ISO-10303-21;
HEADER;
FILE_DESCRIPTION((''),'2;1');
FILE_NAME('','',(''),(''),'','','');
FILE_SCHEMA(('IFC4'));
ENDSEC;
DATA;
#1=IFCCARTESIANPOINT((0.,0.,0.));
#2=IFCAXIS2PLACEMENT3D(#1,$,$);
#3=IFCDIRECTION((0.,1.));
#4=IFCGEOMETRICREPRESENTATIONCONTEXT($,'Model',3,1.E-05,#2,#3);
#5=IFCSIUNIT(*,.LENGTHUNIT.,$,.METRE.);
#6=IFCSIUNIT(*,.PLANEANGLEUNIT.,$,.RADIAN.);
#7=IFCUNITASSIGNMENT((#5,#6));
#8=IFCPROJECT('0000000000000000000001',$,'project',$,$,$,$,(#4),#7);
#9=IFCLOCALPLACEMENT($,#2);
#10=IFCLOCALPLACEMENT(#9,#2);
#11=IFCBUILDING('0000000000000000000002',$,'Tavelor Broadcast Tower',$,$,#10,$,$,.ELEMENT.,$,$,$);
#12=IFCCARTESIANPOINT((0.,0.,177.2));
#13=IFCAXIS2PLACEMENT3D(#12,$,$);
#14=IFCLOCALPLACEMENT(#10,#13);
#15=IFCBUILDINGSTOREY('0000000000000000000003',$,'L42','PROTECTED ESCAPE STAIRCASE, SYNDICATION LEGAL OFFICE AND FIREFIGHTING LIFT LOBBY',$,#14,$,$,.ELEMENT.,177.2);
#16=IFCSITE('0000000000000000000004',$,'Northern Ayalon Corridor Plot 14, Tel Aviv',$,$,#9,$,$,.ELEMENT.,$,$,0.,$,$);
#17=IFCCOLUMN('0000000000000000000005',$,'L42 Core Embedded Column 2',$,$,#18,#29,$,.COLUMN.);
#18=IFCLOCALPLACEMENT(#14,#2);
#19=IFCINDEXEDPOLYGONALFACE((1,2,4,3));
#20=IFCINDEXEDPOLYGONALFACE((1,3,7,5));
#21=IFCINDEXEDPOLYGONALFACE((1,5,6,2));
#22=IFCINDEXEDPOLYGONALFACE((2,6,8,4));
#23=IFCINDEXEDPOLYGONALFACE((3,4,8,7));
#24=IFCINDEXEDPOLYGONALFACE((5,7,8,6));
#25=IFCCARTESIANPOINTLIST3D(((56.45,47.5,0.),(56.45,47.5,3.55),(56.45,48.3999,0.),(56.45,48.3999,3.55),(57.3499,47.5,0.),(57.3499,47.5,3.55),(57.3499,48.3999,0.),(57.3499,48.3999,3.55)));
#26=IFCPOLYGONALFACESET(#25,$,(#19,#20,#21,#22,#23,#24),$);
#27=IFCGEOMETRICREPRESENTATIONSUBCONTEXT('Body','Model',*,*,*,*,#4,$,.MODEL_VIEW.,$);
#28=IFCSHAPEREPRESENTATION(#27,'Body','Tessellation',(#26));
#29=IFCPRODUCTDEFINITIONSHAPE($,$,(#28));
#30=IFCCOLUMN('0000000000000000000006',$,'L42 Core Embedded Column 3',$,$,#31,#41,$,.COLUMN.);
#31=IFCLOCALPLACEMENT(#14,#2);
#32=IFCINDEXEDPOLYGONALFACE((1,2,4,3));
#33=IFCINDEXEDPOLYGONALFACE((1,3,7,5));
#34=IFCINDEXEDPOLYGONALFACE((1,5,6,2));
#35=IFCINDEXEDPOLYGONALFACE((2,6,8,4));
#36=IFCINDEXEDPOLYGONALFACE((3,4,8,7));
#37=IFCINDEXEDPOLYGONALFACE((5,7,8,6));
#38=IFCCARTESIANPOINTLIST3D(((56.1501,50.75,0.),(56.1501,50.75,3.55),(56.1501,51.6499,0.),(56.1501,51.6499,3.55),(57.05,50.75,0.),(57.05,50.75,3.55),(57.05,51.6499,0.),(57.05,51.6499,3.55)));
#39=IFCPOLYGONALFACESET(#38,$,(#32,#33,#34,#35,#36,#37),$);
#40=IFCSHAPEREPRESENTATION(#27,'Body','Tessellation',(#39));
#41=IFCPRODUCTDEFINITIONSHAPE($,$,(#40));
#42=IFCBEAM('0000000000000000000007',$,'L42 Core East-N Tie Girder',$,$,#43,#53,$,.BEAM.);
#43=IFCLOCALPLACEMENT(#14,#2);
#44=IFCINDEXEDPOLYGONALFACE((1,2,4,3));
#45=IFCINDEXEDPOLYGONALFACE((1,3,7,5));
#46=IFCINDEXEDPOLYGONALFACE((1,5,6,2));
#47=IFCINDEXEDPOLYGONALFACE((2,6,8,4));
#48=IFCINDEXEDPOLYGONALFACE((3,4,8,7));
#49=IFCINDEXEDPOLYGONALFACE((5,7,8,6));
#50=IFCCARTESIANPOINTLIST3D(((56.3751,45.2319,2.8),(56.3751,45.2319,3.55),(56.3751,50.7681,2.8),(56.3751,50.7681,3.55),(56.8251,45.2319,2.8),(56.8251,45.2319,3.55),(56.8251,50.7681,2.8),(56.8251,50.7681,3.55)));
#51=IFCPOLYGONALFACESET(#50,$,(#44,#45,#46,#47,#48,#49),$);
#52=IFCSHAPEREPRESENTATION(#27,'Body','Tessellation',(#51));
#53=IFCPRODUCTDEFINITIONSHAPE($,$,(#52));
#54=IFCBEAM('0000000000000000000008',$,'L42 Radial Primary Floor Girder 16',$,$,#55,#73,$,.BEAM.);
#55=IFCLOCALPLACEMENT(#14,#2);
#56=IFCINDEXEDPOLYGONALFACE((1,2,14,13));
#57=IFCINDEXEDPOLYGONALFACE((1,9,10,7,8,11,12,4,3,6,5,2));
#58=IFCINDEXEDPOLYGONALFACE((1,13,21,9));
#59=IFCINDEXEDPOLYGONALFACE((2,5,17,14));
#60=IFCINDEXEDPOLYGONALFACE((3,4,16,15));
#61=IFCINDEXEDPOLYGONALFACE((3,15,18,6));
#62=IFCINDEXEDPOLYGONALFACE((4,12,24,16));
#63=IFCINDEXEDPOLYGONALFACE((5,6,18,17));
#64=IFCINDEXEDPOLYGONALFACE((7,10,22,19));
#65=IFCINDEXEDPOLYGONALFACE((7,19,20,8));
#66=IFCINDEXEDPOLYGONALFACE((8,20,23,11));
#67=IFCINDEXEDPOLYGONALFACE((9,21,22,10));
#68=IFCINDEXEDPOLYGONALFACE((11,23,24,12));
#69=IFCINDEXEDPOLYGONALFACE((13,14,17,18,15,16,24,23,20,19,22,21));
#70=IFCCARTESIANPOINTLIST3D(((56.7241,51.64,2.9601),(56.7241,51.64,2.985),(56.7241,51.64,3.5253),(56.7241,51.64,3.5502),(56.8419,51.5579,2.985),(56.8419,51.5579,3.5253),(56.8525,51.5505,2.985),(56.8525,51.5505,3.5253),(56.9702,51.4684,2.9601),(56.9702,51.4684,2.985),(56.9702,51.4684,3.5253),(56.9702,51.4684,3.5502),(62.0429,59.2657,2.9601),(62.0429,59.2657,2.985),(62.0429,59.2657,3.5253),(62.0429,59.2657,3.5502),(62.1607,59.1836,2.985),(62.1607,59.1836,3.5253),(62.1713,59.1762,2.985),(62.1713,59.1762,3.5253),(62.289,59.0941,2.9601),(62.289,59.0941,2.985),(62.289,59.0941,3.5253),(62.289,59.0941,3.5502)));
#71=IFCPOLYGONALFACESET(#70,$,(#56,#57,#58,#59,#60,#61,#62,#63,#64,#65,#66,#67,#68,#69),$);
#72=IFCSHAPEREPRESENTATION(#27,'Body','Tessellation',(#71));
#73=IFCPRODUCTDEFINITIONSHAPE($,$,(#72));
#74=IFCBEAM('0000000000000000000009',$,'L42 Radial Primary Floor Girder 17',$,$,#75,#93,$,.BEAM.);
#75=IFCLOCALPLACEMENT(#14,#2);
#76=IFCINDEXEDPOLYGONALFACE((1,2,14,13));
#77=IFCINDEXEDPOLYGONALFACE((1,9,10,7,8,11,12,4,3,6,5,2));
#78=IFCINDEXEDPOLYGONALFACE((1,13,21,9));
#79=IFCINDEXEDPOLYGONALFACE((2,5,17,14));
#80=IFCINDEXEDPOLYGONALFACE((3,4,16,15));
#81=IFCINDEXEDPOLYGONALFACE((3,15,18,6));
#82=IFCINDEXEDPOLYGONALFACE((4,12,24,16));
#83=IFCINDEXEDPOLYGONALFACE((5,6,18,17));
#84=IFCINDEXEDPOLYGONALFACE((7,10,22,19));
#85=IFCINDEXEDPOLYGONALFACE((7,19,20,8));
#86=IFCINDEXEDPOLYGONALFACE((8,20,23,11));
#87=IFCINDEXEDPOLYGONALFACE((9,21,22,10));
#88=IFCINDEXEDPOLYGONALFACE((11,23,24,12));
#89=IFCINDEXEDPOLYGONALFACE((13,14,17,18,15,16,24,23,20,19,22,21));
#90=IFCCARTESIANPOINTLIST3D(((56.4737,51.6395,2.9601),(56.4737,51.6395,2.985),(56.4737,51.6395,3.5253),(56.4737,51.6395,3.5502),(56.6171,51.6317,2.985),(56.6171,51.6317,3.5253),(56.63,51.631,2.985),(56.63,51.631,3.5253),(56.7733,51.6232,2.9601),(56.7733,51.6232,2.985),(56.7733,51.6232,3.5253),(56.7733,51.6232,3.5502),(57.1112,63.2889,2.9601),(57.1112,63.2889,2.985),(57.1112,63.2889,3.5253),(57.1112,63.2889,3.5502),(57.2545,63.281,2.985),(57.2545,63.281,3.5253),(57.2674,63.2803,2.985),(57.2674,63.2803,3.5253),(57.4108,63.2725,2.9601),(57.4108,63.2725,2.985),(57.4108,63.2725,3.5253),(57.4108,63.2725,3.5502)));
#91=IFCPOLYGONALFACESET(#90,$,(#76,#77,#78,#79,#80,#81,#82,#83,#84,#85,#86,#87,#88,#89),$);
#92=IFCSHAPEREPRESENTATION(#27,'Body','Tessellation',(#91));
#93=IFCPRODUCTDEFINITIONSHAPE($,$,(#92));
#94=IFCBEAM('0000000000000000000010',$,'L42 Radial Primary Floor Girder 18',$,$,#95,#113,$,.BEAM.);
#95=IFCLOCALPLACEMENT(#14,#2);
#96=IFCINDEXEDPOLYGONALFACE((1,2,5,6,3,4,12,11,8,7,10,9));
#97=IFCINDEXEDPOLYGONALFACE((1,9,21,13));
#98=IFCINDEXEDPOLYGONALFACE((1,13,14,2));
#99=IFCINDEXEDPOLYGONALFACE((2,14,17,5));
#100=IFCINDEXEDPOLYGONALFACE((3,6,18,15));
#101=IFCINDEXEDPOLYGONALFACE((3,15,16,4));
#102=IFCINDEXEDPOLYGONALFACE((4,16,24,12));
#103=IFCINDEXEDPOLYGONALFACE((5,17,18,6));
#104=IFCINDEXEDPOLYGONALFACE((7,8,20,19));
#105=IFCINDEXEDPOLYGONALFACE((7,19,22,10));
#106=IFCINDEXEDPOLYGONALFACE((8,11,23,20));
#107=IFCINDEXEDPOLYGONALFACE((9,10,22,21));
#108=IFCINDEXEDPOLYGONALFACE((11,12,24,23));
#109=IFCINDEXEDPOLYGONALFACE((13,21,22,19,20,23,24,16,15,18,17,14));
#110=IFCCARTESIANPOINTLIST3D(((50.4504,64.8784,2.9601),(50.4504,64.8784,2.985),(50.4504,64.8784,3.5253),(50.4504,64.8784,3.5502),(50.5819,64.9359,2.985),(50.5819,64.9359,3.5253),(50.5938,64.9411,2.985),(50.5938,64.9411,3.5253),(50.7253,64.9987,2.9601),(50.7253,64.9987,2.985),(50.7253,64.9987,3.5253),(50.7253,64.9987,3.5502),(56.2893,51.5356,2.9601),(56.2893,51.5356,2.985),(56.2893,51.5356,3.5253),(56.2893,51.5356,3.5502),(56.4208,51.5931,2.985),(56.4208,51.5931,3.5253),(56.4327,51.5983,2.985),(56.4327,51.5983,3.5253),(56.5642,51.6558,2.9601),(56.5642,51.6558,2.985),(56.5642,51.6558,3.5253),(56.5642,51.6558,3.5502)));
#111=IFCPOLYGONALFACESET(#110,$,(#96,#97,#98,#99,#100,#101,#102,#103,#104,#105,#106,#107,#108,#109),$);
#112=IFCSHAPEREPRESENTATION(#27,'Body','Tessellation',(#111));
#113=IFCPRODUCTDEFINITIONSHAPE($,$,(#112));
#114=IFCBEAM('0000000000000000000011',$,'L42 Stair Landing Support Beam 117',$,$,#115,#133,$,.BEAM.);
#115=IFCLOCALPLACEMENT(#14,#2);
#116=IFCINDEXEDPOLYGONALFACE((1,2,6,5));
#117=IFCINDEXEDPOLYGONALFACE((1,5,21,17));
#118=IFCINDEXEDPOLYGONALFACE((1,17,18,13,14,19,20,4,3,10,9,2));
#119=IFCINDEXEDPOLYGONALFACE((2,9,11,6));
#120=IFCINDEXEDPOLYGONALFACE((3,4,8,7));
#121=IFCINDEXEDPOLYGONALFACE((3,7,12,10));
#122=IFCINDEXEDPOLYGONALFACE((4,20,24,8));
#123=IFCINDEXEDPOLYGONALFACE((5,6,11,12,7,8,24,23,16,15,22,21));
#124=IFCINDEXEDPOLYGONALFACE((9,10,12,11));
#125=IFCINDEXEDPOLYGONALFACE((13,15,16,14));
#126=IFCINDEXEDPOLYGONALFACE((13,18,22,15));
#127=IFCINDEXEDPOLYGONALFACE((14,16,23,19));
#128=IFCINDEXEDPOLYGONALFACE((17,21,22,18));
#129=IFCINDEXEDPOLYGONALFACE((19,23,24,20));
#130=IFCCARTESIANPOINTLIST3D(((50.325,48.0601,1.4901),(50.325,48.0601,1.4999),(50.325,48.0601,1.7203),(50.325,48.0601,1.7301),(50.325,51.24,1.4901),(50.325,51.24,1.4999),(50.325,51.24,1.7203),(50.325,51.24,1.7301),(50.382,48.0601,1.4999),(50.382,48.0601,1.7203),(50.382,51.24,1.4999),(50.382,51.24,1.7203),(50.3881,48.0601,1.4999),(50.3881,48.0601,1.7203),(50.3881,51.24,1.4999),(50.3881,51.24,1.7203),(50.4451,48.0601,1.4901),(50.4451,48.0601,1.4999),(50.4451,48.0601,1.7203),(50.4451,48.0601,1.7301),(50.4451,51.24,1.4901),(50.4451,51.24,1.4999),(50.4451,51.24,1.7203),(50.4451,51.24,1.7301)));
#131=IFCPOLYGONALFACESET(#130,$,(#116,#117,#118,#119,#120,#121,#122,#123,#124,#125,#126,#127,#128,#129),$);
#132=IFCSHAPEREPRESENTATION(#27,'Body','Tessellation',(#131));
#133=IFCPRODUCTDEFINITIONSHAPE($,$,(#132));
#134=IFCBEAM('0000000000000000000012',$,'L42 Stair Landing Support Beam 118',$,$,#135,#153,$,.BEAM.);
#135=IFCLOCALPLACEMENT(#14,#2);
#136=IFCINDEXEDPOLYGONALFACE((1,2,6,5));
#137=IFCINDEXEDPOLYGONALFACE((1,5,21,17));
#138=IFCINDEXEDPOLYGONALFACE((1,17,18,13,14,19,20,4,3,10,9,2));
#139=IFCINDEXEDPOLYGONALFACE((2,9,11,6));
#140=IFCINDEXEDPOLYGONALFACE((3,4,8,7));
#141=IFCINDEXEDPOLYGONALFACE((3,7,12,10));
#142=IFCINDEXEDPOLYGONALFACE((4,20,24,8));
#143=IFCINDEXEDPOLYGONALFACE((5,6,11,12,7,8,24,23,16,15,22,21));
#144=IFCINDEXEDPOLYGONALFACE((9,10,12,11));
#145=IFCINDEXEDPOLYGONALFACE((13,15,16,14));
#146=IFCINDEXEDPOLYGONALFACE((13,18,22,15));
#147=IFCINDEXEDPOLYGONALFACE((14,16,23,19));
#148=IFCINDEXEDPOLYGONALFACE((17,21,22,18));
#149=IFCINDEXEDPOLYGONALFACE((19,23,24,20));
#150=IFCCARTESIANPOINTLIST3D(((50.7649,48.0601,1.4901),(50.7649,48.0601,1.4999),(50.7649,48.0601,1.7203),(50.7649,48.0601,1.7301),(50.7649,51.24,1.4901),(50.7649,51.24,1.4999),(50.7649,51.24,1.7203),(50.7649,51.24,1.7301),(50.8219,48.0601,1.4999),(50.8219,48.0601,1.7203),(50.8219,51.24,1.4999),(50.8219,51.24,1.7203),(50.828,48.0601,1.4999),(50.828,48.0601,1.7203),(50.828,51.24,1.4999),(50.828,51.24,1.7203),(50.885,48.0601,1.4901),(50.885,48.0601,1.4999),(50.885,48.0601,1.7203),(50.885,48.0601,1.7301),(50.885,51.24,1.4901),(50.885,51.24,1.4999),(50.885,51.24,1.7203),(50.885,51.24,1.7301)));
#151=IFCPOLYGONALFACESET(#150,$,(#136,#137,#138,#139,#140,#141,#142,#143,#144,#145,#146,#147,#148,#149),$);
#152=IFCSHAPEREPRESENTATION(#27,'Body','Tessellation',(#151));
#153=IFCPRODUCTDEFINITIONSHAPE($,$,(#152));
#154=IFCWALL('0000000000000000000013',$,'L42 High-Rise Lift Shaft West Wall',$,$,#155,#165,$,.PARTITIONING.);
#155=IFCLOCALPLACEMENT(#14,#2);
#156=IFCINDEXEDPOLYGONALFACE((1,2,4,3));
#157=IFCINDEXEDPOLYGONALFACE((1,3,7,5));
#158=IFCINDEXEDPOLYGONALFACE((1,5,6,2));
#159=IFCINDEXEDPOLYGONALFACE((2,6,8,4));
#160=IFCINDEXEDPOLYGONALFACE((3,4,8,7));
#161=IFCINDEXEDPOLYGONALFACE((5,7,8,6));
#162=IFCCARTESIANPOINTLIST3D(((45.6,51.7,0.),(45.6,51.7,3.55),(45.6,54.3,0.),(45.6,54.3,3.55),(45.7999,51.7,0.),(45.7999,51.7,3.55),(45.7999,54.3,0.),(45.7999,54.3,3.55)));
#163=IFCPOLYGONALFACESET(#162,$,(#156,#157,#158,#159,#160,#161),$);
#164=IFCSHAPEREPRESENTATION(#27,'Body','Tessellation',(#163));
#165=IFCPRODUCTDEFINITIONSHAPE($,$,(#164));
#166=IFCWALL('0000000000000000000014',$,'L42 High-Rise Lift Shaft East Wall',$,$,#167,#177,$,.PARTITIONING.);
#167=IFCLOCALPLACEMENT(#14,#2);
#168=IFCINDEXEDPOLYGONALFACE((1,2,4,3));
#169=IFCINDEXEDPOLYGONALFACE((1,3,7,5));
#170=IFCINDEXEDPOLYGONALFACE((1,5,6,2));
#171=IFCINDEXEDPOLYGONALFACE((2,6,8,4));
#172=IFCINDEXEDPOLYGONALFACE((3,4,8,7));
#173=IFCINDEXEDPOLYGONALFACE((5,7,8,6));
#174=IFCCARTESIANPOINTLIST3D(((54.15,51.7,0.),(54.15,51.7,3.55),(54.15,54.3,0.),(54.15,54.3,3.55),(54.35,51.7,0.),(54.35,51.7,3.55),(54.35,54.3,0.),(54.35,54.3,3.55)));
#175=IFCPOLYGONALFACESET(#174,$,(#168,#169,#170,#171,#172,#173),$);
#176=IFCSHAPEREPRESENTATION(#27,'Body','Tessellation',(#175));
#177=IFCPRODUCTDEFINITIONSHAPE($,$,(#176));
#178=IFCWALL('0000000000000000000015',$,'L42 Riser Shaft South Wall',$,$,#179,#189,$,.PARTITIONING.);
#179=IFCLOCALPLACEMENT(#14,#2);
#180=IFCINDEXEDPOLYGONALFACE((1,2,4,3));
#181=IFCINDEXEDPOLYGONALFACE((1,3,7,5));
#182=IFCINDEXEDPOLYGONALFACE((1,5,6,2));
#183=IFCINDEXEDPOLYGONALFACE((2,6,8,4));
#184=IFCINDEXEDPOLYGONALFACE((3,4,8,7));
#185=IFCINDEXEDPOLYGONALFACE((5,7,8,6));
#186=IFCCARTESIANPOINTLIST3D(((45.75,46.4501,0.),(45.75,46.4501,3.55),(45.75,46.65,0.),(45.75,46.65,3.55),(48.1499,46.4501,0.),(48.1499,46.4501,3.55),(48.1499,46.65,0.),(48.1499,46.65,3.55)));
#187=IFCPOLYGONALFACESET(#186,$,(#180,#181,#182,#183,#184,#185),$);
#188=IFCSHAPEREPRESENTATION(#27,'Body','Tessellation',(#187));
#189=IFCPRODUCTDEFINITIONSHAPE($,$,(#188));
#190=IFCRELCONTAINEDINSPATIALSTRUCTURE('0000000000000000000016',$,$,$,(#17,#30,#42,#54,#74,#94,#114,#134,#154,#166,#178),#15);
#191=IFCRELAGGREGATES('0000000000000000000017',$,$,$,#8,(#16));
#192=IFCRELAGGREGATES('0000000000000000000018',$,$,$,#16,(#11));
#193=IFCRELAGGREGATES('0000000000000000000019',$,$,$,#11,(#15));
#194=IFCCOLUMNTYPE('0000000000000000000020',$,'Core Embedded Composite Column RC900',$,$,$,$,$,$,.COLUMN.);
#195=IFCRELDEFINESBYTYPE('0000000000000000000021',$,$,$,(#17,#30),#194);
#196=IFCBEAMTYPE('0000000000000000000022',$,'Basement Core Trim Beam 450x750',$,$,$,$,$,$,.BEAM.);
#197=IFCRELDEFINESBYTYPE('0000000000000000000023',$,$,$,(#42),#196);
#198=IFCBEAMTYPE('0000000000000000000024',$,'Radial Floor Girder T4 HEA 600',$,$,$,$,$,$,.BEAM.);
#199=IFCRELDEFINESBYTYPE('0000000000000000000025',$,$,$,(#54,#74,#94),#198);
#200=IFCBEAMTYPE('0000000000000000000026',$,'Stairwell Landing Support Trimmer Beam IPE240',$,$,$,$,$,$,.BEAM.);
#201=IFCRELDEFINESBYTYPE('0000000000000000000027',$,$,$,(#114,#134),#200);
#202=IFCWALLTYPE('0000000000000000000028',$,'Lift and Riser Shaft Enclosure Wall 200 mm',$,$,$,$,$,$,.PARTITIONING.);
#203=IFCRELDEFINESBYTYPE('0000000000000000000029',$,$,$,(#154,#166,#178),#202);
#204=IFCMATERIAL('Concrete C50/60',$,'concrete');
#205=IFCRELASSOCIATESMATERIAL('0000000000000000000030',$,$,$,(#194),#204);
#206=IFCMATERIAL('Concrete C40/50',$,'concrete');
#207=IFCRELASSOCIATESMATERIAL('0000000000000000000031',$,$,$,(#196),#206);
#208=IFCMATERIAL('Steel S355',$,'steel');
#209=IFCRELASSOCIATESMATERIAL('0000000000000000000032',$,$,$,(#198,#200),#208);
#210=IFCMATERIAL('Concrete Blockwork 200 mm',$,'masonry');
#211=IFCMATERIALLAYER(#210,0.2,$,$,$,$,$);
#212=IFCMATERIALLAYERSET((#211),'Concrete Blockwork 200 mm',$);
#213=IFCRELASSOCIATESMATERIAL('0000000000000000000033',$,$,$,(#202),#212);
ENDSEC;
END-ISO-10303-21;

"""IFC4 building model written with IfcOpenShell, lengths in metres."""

from ifc_helpers import new_model, si_unit, direction, frame, frame_2d, origin, origin_2d, place, context, subcontext, project, spatial, rectangle, i_section, extrude, material, layer, layer_set, material_profile, profile_set, type_object, element, save


model = new_model("IFC4")

# Units and contexts
model_context = context("Model", 3, precision=1e-05, world=origin(), true_north=direction((0.0, 1.0)))
body_context = subcontext(model_context, "Body", "Model", "MODEL_VIEW")
ifc_project = project(units=[si_unit("LENGTHUNIT", "METRE"), si_unit("PLANEANGLEUNIT", "RADIAN")], contexts=[model_context])

# Site, building, storey
site_placement = place(None, origin())
site = spatial("IfcSite", under=ifc_project, at=site_placement, Name="Northern Ayalon Corridor Plot 14, Tel Aviv", CompositionType="ELEMENT", RefElevation=0.0)
building_placement = place(site_placement, origin())
building = spatial("IfcBuilding", under=site, at=building_placement, Name="Tavelor Broadcast Tower", CompositionType="ELEMENT")
storey_placement = place(building_placement, frame((0.0, 0.0, 177.2)))
storey = spatial("IfcBuildingStorey", under=building, at=storey_placement, Name="L42", Description="PROTECTED ESCAPE STAIRCASE, SYNDICATION LEGAL OFFICE AND FIREFIGHTING LIFT LOBBY", CompositionType="ELEMENT", Elevation=177.2)

# Columns
ifc_material_1 = material(Name="Concrete C50/60", Category="concrete")
ifc_material_profile_1 = material_profile(ifc_material_1, rectangle(XDim=0.8999, YDim=0.8999, at=origin_2d()), Name="RC 900x900")
ifc_profile_set_1 = profile_set([ifc_material_profile_1], Name="Concrete C50/60")
column_type = type_object("IfcColumnType", Name="Core Embedded Composite Column RC900", PredefinedType="COLUMN", material=ifc_profile_set_1)
for number, where, z_axis, x_axis, name in (
    (1, (56.8999, 47.95, 0.0), (0.0, 0.0, 1.0), (1.0, 0.0, 0.0), "L42 Core Embedded Column 2"),
    (2, (56.6001, 51.2, 0.0), (0.0, 0.0, 1.0), (1.0, 0.0, 0.0), "L42 Core Embedded Column 3"),
):
    element("IfcColumn", number, at=place(storey_placement, frame(where, z_axis=z_axis, x_axis=x_axis)), inside=storey, type_object=column_type, Name=name, PredefinedType="COLUMN", context=body_context, shape_type="SweptSolid", body=[
        extrude(rectangle(XDim=0.8999, YDim=0.8999, at=origin_2d()), origin(), (0.0, 0.0, 1.0), 3.55),
    ])

# Beams
ifc_material_2 = material(Name="Concrete C40/50", Category="concrete")
ifc_material_profile_2 = material_profile(ifc_material_2, rectangle(XDim=0.45, YDim=0.75, at=origin_2d()), Name="RC 450x750")
ifc_profile_set_2 = profile_set([ifc_material_profile_2], Name="Concrete C40/50")
beam_type_1 = type_object("IfcBeamType", Name="Basement Core Trim Beam 450x750", PredefinedType="BEAM", material=ifc_profile_set_2)
beam_1_placement = place(storey_placement, frame((56.6001, 45.2319, 3.175), z_axis=(0.0, 1.0, 0.0), x_axis=(-1.0, 0.0, 0.0)))
element("IfcBeam", 3, at=beam_1_placement, inside=storey, type_object=beam_type_1, Name="L42 Core East-N Tie Girder", PredefinedType="BEAM", context=body_context, shape_type="SweptSolid", body=[
    extrude(rectangle(XDim=0.45, YDim=0.75, at=origin_2d()), origin(), (0.0, 0.0, 1.0), 5.5361),
])
ifc_material_3 = material(Name="Steel S355", Category="steel")
ifc_material_profile_3 = material_profile(ifc_material_3, i_section(OverallWidth=0.3, OverallDepth=0.5901, WebThickness=0.0129, FlangeThickness=0.0249, at=origin_2d()), Name="HEA 600")
ifc_profile_set_3 = profile_set([ifc_material_profile_3], Name="Steel S355")
beam_type_2 = type_object("IfcBeamType", Name="Radial Floor Girder T4 HEA 600", PredefinedType="BEAM", material=ifc_profile_set_3)
beam_2_placement = place(storey_placement, frame((56.8472, 51.5542, 3.2551), z_axis=(0.572078, 0.820199, 0.0), x_axis=(-0.820199, 0.572078, 0.0)))
element("IfcBeam", 4, at=beam_2_placement, inside=storey, type_object=beam_type_2, Name="L42 Radial Primary Floor Girder 16", PredefinedType="BEAM", context=body_context, shape_type="SweptSolid", body=[
    extrude(i_section(OverallWidth=0.3, OverallDepth=0.5901, WebThickness=0.0129, FlangeThickness=0.0249, at=origin_2d()), origin(), (0.0, 0.0, 1.0), 9.2974),
])
beam_3_placement = place(storey_placement, frame((56.6235, 51.6313, 3.2551), z_axis=(0.054638, 0.998506, 0.0), x_axis=(-0.998506, 0.054638, 0.0)))
element("IfcBeam", 5, at=beam_3_placement, inside=storey, type_object=beam_type_2, Name="L42 Radial Primary Floor Girder 17", PredefinedType="BEAM", context=body_context, shape_type="SweptSolid", body=[
    extrude(i_section(OverallWidth=0.3, OverallDepth=0.5901, WebThickness=0.0129, FlangeThickness=0.0249, at=origin_2d()), origin(), (0.0, 0.0, 1.0), 11.6667),
])
beam_4_placement = place(storey_placement, frame((56.4268, 51.5957, 3.2551), z_axis=(-0.4009, 0.916122, 0.0), x_axis=(-0.916122, -0.4009, 0.0)))
element("IfcBeam", 6, at=beam_4_placement, inside=storey, type_object=beam_type_2, Name="L42 Radial Primary Floor Girder 18", PredefinedType="BEAM", context=body_context, shape_type="SweptSolid", body=[
    extrude(i_section(OverallWidth=0.3, OverallDepth=0.5901, WebThickness=0.0129, FlangeThickness=0.0249, at=origin_2d()), origin(), (0.0, 0.0, 1.0), 14.5645),
])
ifc_material_profile_4 = material_profile(ifc_material_3, i_section(OverallWidth=0.1201, OverallDepth=0.24, WebThickness=0.0061, FlangeThickness=0.0098, at=origin_2d()), Name="IPE 240")
ifc_profile_set_4 = profile_set([ifc_material_profile_4], Name="Steel S355")
beam_type_3 = type_object("IfcBeamType", Name="Stairwell Landing Support Trimmer Beam IPE240", PredefinedType="BEAM", material=ifc_profile_set_4)
for number, where, z_axis, x_axis, name in (
    (7, (50.385, 48.0601, 1.6101), (0.0, 1.0, 0.0), (-1.0, 0.0, 0.0), "L42 Stair Landing Support Beam 117"),
    (8, (50.825, 48.0601, 1.6101), (0.0, 1.0, 0.0), (-1.0, 0.0, 0.0), "L42 Stair Landing Support Beam 118"),
):
    element("IfcBeam", number, at=place(storey_placement, frame(where, z_axis=z_axis, x_axis=x_axis)), inside=storey, type_object=beam_type_3, Name=name, PredefinedType="BEAM", context=body_context, shape_type="SweptSolid", body=[
        extrude(i_section(OverallWidth=0.1201, OverallDepth=0.24, WebThickness=0.0061, FlangeThickness=0.0098, at=origin_2d()), origin(), (0.0, 0.0, 1.0), 3.1799),
    ])

# Walls
ifc_material_4 = material(Name="Concrete Blockwork 200 mm", Category="masonry")
ifc_layer_1 = layer(ifc_material_4, 0.2)
ifc_layer_set_1 = layer_set([ifc_layer_1], Name="Concrete Blockwork 200 mm")
wall_type_1 = type_object("IfcWallType", Name="Lift and Riser Shaft Enclosure Wall 200 mm", PredefinedType="PARTITIONING", material=ifc_layer_set_1)
for number, where, z_axis, x_axis, name in (
    (9, (45.7, 51.7, 0.0), (0.0, 0.0, 1.0), (0.0, 1.0, 0.0), "L42 High-Rise Lift Shaft West Wall"),
    (10, (54.25, 51.7, 0.0), (0.0, 0.0, 1.0), (0.0, 1.0, 0.0), "L42 High-Rise Lift Shaft East Wall"),
):
    element("IfcWall", number, at=place(storey_placement, frame(where, z_axis=z_axis, x_axis=x_axis)), inside=storey, type_object=wall_type_1, Name=name, PredefinedType="PARTITIONING", context=body_context, shape_type="SweptSolid", body=[
        extrude(rectangle(XDim=2.6001, YDim=0.2, at=frame_2d((1.3, 0.0))), origin(), (0.0, 0.0, 1.0), 3.55),
    ])
wall_1_placement = place(storey_placement, frame((45.75, 46.55, 0.0), z_axis=(0.0, 0.0, 1.0), x_axis=(1.0, 0.0, 0.0)))
element("IfcWall", 11, at=wall_1_placement, inside=storey, type_object=wall_type_1, Name="L42 Riser Shaft South Wall", PredefinedType="PARTITIONING", context=body_context, shape_type="SweptSolid", body=[
    extrude(rectangle(XDim=2.3999, YDim=0.2, at=frame_2d((1.2, 0.0))), origin(), (0.0, 0.0, 1.0), 3.55),
])

save(model, "model.ifc")
